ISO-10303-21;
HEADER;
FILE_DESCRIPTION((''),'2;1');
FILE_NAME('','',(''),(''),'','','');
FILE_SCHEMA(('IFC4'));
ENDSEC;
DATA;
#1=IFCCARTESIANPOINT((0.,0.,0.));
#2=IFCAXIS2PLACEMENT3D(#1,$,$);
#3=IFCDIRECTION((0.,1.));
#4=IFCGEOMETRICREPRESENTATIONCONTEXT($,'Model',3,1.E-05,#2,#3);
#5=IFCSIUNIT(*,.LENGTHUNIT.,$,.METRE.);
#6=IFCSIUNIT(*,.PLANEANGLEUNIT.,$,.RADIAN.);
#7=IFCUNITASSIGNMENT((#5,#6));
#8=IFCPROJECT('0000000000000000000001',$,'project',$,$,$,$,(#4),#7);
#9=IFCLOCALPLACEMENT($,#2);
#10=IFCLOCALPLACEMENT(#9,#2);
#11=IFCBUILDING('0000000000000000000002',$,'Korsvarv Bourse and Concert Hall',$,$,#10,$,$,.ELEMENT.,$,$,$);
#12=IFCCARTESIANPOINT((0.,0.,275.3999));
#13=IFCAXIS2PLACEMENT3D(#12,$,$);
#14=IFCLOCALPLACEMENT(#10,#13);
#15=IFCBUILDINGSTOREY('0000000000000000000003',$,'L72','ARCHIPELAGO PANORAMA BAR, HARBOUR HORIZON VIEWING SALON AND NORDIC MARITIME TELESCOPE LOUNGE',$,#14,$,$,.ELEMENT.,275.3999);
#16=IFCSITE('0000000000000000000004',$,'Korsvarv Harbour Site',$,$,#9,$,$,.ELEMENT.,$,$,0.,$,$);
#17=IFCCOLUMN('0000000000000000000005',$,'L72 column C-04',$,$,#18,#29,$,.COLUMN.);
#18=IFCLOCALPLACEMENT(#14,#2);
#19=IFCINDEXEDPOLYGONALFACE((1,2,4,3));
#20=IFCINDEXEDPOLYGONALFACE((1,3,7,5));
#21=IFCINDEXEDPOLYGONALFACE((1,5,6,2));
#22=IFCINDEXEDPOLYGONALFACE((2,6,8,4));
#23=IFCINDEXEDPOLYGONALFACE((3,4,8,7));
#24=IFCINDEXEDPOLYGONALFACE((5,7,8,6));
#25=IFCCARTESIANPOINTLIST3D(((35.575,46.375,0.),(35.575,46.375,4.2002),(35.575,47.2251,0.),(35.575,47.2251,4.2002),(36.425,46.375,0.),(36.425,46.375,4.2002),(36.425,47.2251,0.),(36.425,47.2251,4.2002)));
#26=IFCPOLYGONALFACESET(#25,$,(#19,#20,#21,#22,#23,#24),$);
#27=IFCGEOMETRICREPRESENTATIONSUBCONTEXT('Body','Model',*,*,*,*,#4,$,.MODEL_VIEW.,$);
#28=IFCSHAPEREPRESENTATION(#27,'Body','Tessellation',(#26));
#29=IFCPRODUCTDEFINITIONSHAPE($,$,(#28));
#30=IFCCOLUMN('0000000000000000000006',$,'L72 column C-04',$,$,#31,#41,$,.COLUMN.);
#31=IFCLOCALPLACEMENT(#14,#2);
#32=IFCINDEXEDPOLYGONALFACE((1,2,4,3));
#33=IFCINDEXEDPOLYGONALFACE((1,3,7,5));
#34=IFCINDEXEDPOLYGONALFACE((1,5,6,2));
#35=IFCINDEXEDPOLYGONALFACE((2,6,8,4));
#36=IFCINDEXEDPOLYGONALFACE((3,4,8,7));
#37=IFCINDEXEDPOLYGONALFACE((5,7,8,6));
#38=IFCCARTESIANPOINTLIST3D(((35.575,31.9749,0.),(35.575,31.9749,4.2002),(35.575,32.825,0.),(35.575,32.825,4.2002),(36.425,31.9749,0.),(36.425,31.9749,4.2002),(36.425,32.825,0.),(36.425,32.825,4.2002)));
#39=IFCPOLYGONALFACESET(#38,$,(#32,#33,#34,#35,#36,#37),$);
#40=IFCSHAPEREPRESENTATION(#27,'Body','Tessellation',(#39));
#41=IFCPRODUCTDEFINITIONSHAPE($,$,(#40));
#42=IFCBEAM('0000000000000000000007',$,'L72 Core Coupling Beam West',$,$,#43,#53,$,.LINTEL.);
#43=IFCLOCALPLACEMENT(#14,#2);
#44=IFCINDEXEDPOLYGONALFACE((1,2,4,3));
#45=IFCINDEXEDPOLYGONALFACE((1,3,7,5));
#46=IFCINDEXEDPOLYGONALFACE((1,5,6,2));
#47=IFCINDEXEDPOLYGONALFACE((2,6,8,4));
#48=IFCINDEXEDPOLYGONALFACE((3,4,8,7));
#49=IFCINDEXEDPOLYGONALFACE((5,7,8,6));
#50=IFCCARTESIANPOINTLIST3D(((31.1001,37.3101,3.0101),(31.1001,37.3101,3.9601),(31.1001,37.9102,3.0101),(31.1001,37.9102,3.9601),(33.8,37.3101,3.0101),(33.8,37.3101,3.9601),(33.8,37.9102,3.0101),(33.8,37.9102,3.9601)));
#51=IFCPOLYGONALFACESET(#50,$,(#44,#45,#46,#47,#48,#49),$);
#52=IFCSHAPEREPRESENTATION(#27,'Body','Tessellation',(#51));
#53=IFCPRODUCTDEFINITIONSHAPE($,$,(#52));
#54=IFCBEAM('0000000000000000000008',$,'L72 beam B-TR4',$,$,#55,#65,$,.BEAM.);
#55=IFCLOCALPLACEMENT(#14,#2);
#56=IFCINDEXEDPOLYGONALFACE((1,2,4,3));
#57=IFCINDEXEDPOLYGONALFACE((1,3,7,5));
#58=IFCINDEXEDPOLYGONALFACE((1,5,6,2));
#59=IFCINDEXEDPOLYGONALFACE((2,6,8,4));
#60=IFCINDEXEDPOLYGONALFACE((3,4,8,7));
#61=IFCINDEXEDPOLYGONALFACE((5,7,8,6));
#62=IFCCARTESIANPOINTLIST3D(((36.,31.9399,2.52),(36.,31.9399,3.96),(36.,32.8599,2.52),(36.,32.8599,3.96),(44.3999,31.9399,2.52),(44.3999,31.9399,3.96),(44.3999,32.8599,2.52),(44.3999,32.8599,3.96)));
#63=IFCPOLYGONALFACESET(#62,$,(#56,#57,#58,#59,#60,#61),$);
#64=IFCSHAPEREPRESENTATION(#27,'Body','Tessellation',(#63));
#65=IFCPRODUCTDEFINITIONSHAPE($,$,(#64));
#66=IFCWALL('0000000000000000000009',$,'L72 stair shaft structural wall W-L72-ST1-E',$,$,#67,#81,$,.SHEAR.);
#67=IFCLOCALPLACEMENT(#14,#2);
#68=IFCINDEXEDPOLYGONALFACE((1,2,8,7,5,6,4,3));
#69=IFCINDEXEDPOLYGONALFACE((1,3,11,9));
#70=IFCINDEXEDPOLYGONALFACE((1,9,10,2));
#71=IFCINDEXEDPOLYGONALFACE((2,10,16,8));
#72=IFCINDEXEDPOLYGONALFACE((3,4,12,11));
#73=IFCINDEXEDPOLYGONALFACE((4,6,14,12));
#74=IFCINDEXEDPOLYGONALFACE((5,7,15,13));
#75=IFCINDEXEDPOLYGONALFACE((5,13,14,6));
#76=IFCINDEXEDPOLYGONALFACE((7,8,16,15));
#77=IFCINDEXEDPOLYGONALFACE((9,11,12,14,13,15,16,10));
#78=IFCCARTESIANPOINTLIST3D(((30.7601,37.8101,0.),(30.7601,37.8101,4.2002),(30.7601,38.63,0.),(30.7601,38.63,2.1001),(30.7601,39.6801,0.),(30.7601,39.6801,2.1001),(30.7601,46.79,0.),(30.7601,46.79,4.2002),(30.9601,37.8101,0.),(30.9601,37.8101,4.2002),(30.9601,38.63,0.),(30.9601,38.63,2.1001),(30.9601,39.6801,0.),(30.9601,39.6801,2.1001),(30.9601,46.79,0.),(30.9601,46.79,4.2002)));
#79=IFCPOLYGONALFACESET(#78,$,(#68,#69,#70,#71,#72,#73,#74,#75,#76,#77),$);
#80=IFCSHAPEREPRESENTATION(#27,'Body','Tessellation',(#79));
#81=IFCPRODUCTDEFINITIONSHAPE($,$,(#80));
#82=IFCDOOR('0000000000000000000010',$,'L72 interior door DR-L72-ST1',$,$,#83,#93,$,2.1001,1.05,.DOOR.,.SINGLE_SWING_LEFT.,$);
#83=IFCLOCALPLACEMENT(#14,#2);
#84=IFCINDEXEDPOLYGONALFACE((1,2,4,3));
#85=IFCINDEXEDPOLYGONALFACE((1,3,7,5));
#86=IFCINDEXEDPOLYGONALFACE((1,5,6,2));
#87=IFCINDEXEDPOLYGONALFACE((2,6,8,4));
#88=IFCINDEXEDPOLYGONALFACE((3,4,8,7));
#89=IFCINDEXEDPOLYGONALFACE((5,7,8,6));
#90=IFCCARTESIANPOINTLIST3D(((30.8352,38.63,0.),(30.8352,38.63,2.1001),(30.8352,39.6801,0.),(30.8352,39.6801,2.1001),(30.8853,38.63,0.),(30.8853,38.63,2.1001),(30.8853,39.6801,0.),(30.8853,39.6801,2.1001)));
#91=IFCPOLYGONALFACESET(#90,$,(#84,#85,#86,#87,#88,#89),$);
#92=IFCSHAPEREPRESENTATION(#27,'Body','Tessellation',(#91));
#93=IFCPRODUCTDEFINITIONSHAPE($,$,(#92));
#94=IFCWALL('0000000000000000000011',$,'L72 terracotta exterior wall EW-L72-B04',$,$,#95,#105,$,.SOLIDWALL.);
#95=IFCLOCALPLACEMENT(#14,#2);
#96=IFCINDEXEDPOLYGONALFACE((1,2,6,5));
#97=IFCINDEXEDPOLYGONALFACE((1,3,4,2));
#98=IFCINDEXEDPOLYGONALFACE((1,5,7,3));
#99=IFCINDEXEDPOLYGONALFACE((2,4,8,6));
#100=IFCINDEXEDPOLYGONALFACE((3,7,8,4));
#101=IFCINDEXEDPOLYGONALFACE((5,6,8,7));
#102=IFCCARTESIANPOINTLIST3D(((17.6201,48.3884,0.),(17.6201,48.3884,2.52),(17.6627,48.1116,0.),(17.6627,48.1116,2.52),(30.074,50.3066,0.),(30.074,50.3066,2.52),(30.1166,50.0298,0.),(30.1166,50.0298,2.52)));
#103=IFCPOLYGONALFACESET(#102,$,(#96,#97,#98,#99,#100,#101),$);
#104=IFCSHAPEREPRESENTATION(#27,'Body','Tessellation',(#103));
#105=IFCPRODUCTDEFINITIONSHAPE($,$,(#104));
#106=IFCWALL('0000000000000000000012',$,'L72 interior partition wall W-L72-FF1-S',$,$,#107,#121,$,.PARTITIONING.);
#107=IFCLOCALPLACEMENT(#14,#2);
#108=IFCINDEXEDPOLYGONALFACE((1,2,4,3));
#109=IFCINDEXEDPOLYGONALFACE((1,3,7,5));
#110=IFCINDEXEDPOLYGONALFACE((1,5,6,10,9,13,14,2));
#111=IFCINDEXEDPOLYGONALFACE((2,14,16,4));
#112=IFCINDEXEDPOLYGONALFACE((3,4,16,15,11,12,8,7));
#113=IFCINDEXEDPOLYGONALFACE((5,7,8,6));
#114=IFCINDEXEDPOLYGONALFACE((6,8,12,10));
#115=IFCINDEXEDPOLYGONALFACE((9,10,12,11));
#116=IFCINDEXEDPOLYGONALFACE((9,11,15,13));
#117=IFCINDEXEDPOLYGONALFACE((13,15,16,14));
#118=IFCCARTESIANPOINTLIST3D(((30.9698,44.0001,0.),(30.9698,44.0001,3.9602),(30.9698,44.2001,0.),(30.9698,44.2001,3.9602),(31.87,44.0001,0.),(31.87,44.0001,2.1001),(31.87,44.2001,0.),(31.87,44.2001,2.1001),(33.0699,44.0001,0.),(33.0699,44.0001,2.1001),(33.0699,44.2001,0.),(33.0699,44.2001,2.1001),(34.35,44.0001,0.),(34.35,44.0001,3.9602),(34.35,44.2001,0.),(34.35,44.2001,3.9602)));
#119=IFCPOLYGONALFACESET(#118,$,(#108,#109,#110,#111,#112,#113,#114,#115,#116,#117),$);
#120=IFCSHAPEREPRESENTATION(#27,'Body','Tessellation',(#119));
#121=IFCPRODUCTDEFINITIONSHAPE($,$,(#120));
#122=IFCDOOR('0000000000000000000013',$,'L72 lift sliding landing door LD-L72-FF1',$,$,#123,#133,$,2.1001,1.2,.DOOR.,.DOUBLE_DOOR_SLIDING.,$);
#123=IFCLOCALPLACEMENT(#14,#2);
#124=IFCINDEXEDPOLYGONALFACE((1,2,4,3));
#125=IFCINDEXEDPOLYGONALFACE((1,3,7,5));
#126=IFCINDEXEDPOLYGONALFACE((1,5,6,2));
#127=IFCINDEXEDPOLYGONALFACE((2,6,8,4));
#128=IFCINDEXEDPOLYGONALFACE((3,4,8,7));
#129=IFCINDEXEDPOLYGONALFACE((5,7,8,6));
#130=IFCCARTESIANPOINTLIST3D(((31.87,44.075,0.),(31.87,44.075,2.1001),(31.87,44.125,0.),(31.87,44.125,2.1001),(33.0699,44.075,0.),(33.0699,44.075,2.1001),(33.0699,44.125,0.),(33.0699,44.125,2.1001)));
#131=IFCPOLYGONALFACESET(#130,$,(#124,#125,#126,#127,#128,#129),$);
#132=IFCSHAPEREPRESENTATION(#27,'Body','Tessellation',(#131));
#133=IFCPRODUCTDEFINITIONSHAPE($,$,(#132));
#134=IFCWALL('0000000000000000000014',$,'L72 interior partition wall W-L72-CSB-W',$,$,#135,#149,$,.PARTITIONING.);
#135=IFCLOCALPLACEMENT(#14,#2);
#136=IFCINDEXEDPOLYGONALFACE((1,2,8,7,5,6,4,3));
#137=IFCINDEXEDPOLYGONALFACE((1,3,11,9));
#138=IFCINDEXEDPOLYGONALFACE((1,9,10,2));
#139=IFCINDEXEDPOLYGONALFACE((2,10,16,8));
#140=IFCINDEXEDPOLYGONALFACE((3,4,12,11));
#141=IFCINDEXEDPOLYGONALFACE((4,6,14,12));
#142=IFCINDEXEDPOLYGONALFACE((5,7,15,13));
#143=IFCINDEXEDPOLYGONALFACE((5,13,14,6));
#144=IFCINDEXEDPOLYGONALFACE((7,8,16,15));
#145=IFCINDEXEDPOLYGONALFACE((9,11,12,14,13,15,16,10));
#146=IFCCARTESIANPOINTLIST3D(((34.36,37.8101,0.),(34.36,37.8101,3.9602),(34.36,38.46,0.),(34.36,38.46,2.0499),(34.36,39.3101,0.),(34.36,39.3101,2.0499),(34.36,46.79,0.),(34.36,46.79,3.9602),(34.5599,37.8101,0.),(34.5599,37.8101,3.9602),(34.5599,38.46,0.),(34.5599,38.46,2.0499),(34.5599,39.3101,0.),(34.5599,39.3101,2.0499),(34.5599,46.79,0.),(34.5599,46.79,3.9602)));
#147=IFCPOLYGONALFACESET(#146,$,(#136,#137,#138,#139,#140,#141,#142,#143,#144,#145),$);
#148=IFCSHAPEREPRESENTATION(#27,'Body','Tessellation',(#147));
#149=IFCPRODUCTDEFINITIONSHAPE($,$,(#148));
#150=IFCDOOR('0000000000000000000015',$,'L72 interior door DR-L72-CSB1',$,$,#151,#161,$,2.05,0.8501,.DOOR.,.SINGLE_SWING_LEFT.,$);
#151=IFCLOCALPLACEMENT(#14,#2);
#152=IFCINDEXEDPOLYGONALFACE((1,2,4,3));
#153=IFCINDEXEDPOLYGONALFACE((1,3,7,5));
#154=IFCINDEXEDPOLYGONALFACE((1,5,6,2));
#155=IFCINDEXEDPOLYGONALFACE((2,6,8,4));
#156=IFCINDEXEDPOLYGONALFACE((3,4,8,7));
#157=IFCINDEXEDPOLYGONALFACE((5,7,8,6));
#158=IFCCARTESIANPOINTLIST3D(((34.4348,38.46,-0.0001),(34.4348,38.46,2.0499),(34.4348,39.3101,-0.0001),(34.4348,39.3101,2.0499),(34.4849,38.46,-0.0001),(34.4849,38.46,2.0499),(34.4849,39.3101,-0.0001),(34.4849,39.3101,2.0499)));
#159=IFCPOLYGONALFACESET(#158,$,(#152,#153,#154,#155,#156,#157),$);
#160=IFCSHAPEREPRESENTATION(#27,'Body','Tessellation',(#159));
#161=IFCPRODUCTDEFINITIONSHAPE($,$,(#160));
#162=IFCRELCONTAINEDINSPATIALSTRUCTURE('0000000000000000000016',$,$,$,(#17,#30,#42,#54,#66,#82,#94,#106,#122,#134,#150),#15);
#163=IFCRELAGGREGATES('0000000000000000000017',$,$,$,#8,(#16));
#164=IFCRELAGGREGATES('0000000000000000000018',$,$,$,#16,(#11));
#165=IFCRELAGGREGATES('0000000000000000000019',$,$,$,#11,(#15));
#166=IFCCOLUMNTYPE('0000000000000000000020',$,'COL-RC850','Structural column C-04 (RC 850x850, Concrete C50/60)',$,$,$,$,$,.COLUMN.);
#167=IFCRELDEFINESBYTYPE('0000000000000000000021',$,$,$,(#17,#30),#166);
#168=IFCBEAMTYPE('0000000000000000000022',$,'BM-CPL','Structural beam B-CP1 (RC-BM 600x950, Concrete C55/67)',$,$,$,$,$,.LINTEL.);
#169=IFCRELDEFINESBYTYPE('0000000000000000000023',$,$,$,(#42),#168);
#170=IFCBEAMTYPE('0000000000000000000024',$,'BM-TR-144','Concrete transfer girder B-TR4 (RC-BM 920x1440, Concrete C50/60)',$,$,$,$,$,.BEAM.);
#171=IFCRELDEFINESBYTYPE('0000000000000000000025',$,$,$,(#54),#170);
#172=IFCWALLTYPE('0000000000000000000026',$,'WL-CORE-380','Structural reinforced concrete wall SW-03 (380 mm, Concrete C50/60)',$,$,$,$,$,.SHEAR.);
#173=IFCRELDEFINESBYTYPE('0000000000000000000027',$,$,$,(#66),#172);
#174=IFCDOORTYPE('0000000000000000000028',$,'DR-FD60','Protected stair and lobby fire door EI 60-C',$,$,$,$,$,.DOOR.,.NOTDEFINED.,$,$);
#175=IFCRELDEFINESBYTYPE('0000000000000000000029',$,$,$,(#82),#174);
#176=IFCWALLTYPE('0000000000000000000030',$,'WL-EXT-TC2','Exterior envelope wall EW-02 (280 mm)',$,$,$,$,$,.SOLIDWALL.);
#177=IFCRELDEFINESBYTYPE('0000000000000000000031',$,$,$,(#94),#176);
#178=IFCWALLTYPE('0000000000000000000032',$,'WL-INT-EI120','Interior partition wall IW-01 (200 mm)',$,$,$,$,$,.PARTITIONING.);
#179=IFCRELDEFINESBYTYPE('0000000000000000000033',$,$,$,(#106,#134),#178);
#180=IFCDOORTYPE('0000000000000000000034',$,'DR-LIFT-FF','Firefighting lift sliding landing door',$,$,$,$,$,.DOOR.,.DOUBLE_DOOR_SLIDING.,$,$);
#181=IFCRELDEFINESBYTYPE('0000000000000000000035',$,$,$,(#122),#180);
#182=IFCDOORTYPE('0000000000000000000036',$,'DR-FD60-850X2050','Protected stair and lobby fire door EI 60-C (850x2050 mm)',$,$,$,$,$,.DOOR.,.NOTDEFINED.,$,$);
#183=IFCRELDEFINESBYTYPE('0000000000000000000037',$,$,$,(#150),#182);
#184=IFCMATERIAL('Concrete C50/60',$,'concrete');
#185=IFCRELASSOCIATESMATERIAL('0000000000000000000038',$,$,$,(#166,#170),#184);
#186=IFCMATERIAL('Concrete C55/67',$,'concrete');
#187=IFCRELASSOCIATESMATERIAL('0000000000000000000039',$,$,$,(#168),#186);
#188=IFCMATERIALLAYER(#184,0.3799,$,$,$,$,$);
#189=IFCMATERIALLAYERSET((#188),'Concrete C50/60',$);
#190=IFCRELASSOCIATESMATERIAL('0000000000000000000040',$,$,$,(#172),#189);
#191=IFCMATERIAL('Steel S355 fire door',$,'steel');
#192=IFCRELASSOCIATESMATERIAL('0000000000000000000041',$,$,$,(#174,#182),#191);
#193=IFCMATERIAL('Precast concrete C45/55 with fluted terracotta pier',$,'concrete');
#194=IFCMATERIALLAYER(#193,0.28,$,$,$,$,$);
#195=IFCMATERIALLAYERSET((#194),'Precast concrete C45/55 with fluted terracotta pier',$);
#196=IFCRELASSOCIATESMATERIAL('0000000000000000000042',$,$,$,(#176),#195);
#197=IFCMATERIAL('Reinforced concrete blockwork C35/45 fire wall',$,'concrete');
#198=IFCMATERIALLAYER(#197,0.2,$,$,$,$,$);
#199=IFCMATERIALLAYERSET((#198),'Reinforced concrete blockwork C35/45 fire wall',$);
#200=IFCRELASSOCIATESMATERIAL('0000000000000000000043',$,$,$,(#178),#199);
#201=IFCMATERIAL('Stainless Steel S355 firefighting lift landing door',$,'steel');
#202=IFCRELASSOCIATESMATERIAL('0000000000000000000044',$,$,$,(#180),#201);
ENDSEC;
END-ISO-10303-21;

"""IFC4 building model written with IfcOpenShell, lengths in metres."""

from ifc_helpers import new_model, si_unit, direction, frame, frame_2d, origin, origin_2d, place, context, subcontext, project, spatial, rectangle, extrude, source, transform, mapped, material, layer, layer_set, material_profile, profile_set, type_object, element, fill, save


model = new_model("IFC4")

# Units and contexts
model_context = context("Model", 3, precision=1e-05, world=origin(), true_north=direction((0.0, 1.0)))
body_context = subcontext(model_context, "Body", "Model", "MODEL_VIEW")
ifc_project = project(units=[si_unit("LENGTHUNIT", "METRE"), si_unit("PLANEANGLEUNIT", "RADIAN")], contexts=[model_context])

# Site, building, storey
site_placement = place(None, origin())
site = spatial("IfcSite", under=ifc_project, at=site_placement, Name="Korsvarv Harbour Site", CompositionType="ELEMENT", RefElevation=0.0)
building_placement = place(site_placement, origin())
building = spatial("IfcBuilding", under=site, at=building_placement, Name="Korsvarv Bourse and Concert Hall", CompositionType="ELEMENT")
storey_placement = place(building_placement, frame((0.0, 0.0, 275.3999)))
storey = spatial("IfcBuildingStorey", under=building, at=storey_placement, Name="L72", Description="ARCHIPELAGO PANORAMA BAR, HARBOUR HORIZON VIEWING SALON AND NORDIC MARITIME TELESCOPE LOUNGE", CompositionType="ELEMENT", Elevation=275.3999)

# Columns
ifc_material_1 = material(Name="Concrete C50/60", Category="concrete")
ifc_material_profile_1 = material_profile(ifc_material_1, rectangle(XDim=0.8501, YDim=0.8501, at=origin_2d()), Name="RC 850x850")
ifc_profile_set_1 = profile_set([ifc_material_profile_1], Name="Concrete C50/60")
column_type = type_object("IfcColumnType", Name="COL-RC850", Description="Structural column C-04 (RC 850x850, Concrete C50/60)", PredefinedType="COLUMN", material=ifc_profile_set_1)
shared_shape_1 = source(origin(), body_context, "Body", "SweptSolid", [
    extrude(rectangle(XDim=0.8501, YDim=0.8501, at=origin_2d()), origin(), (0.0, 0.0, 1.0), 4.2002),
])
for number, where, z_axis, x_axis, name in (
    (1, (36.0, 46.8, 0.0), (0.0, 0.0, 1.0), (1.0, 0.0, 0.0), "L72 column C-04"),
    (2, (36.0, 32.3999, 0.0), (0.0, 0.0, 1.0), (1.0, 0.0, 0.0), "L72 column C-04"),
):
    element("IfcColumn", number, at=place(storey_placement, frame(where, z_axis=z_axis, x_axis=x_axis)), inside=storey, type_object=column_type, Name=name, PredefinedType="COLUMN", context=body_context, shape_type="MappedRepresentation", body=[
        mapped(shared_shape_1, transform((0.0, 0.0, 0.0), scale=1.0)),
    ])

# Beams
ifc_material_2 = material(Name="Concrete C55/67", Category="concrete")
ifc_material_profile_2 = material_profile(ifc_material_2, rectangle(XDim=0.6001, YDim=0.95, at=origin_2d()), Name="RC-BM 600x950")
ifc_profile_set_2 = profile_set([ifc_material_profile_2], Name="Concrete C55/67")
beam_type_1 = type_object("IfcBeamType", Name="BM-CPL", Description="Structural beam B-CP1 (RC-BM 600x950, Concrete C55/67)", PredefinedType="LINTEL", material=ifc_profile_set_2)
shared_shape_2 = source(origin(), body_context, "Body", "SweptSolid", [
    extrude(rectangle(XDim=0.6001, YDim=0.95, at=origin_2d()), origin(), (0.0, 0.0, 1.0), 2.7),
])
beam_1_placement = place(storey_placement, frame((31.1001, 37.6101, 3.4851), z_axis=(1.0, 0.0, 0.0), x_axis=(0.0, 1.0, 0.0)))
element("IfcBeam", 3, at=beam_1_placement, inside=storey, type_object=beam_type_1, Name="L72 Core Coupling Beam West", PredefinedType="LINTEL", context=body_context, shape_type="MappedRepresentation", body=[
    mapped(shared_shape_2, transform((0.0, 0.0, 0.0), scale=1.0)),
])
ifc_material_profile_3 = material_profile(ifc_material_1, rectangle(XDim=0.9199, YDim=1.4399, at=origin_2d()), Name="RC-BM 920x1440")
ifc_profile_set_3 = profile_set([ifc_material_profile_3], Name="Concrete C50/60")
beam_type_2 = type_object("IfcBeamType", Name="BM-TR-144", Description="Concrete transfer girder B-TR4 (RC-BM 920x1440, Concrete C50/60)", PredefinedType="BEAM", material=ifc_profile_set_3)
shared_shape_3 = source(origin(), body_context, "Body", "SweptSolid", [
    extrude(rectangle(XDim=0.9199, YDim=1.4399, at=origin_2d()), origin(), (0.0, 0.0, 1.0), 8.3999),
])
beam_2_placement = place(storey_placement, frame((36.0, 32.3999, 3.24), z_axis=(1.0, 0.0, 0.0), x_axis=(0.0, 1.0, 0.0)))
element("IfcBeam", 4, at=beam_2_placement, inside=storey, type_object=beam_type_2, Name="L72 beam B-TR4", PredefinedType="BEAM", context=body_context, shape_type="MappedRepresentation", body=[
    mapped(shared_shape_3, transform((0.0, 0.0, 0.0), scale=1.0)),
])

# Wall, opening, door
ifc_layer_1 = layer(ifc_material_1, 0.3799)
ifc_layer_set_1 = layer_set([ifc_layer_1], Name="Concrete C50/60")
wall_type_1 = type_object("IfcWallType", Name="WL-CORE-380", Description="Structural reinforced concrete wall SW-03 (380 mm, Concrete C50/60)", PredefinedType="SHEAR", material=ifc_layer_set_1)
wall_1_placement = place(storey_placement, frame((30.8601, 37.8101, 0.0), z_axis=(0.0, 0.0, 1.0), x_axis=(0.0, 1.0, 0.0)))
wall_1 = element("IfcWall", 5, at=wall_1_placement, inside=storey, type_object=wall_type_1, Name="L72 stair shaft structural wall W-L72-ST1-E", PredefinedType="SHEAR", context=body_context, shape_type="SweptSolid", body=[
    extrude(rectangle(XDim=8.98, YDim=0.2, at=frame_2d((4.49, 0.0))), origin(), (0.0, 0.0, 1.0), 4.2002),
])
opening_1_placement = place(wall_1_placement, frame((0.8201, 0.0, 0.0)))
opening_1 = element("IfcOpeningElement", 6, at=opening_1_placement, cuts=wall_1, PredefinedType="OPENING", context=body_context, shape_type="SweptSolid", body=[
    extrude(rectangle(XDim=1.05, YDim=2.1001, at=frame_2d((0.5249, 1.05))), frame((0.0, 0.1099, 0.0), z_axis=(0.0, -1.0, 0.0), x_axis=(1.0, 0.0, 0.0)), (0.0, 0.0, 1.0), 0.22),
])
ifc_material_3 = material(Name="Steel S355 fire door", Category="steel")
door_type_1 = type_object("IfcDoorType", Name="DR-FD60", Description="Protected stair and lobby fire door EI 60-C", OperationType="NOTDEFINED", PredefinedType="DOOR", material=ifc_material_3)
door_1_placement = place(opening_1_placement, origin())
door_1 = element("IfcDoor", 7, at=door_1_placement, inside=storey, type_object=door_type_1, Name="L72 interior door DR-L72-ST1", OperationType="SINGLE_SWING_LEFT", OverallHeight=2.1001, OverallWidth=1.05, PredefinedType="DOOR", context=body_context, shape_type="SweptSolid", body=[
    extrude(rectangle(XDim=1.05, YDim=2.1001, at=frame_2d((0.5249, 1.05))), frame((0.0, 0.0249, 0.0), z_axis=(0.0, -1.0, 0.0), x_axis=(1.0, 0.0, 0.0)), (0.0, 0.0, 1.0), 0.05),
])
fill(opening_1, door_1)

# Wall
ifc_material_4 = material(Name="Precast concrete C45/55 with fluted terracotta pier", Category="concrete")
ifc_layer_2 = layer(ifc_material_4, 0.28)
ifc_layer_set_2 = layer_set([ifc_layer_2], Name="Precast concrete C45/55 with fluted terracotta pier")
wall_type_2 = type_object("IfcWallType", Name="WL-EXT-TC2", Description="Exterior envelope wall EW-02 (280 mm)", PredefinedType="SOLIDWALL", material=ifc_layer_set_2)
wall_2_placement = place(storey_placement, frame((30.0952, 50.1682, 0.0), z_axis=(0.0, 0.0, 1.0), x_axis=(-0.988345, -0.15223, 0.0)))
element("IfcWall", 8, at=wall_2_placement, inside=storey, type_object=wall_type_2, Name="L72 terracotta exterior wall EW-L72-B04", PredefinedType="SOLIDWALL", context=body_context, shape_type="SweptSolid", body=[
    extrude(rectangle(XDim=12.6008, YDim=0.28, at=frame_2d((6.3003, 0.0))), origin(), (0.0, 0.0, 1.0), 2.52),
])

# Walls, openings, doors
ifc_material_5 = material(Name="Reinforced concrete blockwork C35/45 fire wall", Category="concrete")
ifc_layer_3 = layer(ifc_material_5, 0.2)
ifc_layer_set_3 = layer_set([ifc_layer_3], Name="Reinforced concrete blockwork C35/45 fire wall")
wall_type_3 = type_object("IfcWallType", Name="WL-INT-EI120", Description="Interior partition wall IW-01 (200 mm)", PredefinedType="PARTITIONING", material=ifc_layer_set_3)
wall_3_placement = place(storey_placement, frame((30.97, 44.1001, 0.0), z_axis=(0.0, 0.0, 1.0), x_axis=(1.0, 0.0, 0.0)))
wall_3 = element("IfcWall", 9, at=wall_3_placement, inside=storey, type_object=wall_type_3, Name="L72 interior partition wall W-L72-FF1-S", PredefinedType="PARTITIONING", context=body_context, shape_type="SweptSolid", body=[
    extrude(rectangle(XDim=3.3801, YDim=0.2, at=frame_2d((1.6899, 0.0))), origin(), (0.0, 0.0, 1.0), 3.9602),
])
opening_2_placement = place(wall_3_placement, frame((0.8999, 0.0, 0.0)))
opening_2 = element("IfcOpeningElement", 10, at=opening_2_placement, cuts=wall_3, PredefinedType="OPENING", context=body_context, shape_type="SweptSolid", body=[
    extrude(rectangle(XDim=1.2, YDim=2.1001, at=frame_2d((0.6001, 1.05))), frame((0.0, 0.1099, 0.0), z_axis=(0.0, -1.0, 0.0), x_axis=(1.0, 0.0, 0.0)), (0.0, 0.0, 1.0), 0.22),
])
ifc_material_6 = material(Name="Stainless Steel S355 firefighting lift landing door", Category="steel")
door_type_2 = type_object("IfcDoorType", Name="DR-LIFT-FF", Description="Firefighting lift sliding landing door", OperationType="DOUBLE_DOOR_SLIDING", PredefinedType="DOOR", material=ifc_material_6)
door_2_placement = place(opening_2_placement, origin())
door_2 = element("IfcDoor", 11, at=door_2_placement, inside=storey, type_object=door_type_2, Name="L72 lift sliding landing door LD-L72-FF1", OperationType="DOUBLE_DOOR_SLIDING", OverallHeight=2.1001, OverallWidth=1.2, PredefinedType="DOOR", context=body_context, shape_type="SweptSolid", body=[
    extrude(rectangle(XDim=1.2, YDim=2.1001, at=frame_2d((0.6001, 1.05))), frame((0.0, 0.0249, 0.0), z_axis=(0.0, -1.0, 0.0), x_axis=(1.0, 0.0, 0.0)), (0.0, 0.0, 1.0), 0.05),
])
fill(opening_2, door_2)
wall_4_placement = place(storey_placement, frame((34.46, 37.8101, 0.0), z_axis=(0.0, 0.0, 1.0), x_axis=(0.0, 1.0, 0.0)))
wall_4 = element("IfcWall", 12, at=wall_4_placement, inside=storey, type_object=wall_type_3, Name="L72 interior partition wall W-L72-CSB-W", PredefinedType="PARTITIONING", context=body_context, shape_type="SweptSolid", body=[
    extrude(rectangle(XDim=8.98, YDim=0.2, at=frame_2d((4.49, 0.0))), origin(), (0.0, 0.0, 1.0), 3.9602),
])
opening_3_placement = place(wall_4_placement, frame((0.6499, 0.0, 0.0)))
opening_3 = element("IfcOpeningElement", 13, at=opening_3_placement, cuts=wall_4, PredefinedType="OPENING", context=body_context, shape_type="SweptSolid", body=[
    extrude(rectangle(XDim=0.8501, YDim=2.05, at=frame_2d((0.425, 1.0249))), frame((0.0, 0.1099, 0.0), z_axis=(0.0, -1.0, 0.0), x_axis=(1.0, 0.0, 0.0)), (0.0, 0.0, 1.0), 0.22),
])
door_type_3 = type_object("IfcDoorType", Name="DR-FD60-850X2050", Description="Protected stair and lobby fire door EI 60-C (850x2050 mm)", OperationType="NOTDEFINED", PredefinedType="DOOR", material=ifc_material_3)
door_3_placement = place(opening_3_placement, frame((0.8501, 0.0, 0.0), z_axis=(0.0, 0.0, 1.0), x_axis=(-1.0, 0.0, 0.0)))
door_3 = element("IfcDoor", 14, at=door_3_placement, inside=storey, type_object=door_type_3, Name="L72 interior door DR-L72-CSB1", OperationType="SINGLE_SWING_LEFT", OverallHeight=2.05, OverallWidth=0.8501, PredefinedType="DOOR", context=body_context, shape_type="SweptSolid", body=[
    extrude(rectangle(XDim=0.8501, YDim=2.05, at=frame_2d((0.425, 1.0249))), frame((0.0, 0.0249, 0.0), z_axis=(0.0, -1.0, 0.0), x_axis=(1.0, 0.0, 0.0)), (0.0, 0.0, 1.0), 0.05),
])
fill(opening_3, door_3)

save(model, "model.ifc")
